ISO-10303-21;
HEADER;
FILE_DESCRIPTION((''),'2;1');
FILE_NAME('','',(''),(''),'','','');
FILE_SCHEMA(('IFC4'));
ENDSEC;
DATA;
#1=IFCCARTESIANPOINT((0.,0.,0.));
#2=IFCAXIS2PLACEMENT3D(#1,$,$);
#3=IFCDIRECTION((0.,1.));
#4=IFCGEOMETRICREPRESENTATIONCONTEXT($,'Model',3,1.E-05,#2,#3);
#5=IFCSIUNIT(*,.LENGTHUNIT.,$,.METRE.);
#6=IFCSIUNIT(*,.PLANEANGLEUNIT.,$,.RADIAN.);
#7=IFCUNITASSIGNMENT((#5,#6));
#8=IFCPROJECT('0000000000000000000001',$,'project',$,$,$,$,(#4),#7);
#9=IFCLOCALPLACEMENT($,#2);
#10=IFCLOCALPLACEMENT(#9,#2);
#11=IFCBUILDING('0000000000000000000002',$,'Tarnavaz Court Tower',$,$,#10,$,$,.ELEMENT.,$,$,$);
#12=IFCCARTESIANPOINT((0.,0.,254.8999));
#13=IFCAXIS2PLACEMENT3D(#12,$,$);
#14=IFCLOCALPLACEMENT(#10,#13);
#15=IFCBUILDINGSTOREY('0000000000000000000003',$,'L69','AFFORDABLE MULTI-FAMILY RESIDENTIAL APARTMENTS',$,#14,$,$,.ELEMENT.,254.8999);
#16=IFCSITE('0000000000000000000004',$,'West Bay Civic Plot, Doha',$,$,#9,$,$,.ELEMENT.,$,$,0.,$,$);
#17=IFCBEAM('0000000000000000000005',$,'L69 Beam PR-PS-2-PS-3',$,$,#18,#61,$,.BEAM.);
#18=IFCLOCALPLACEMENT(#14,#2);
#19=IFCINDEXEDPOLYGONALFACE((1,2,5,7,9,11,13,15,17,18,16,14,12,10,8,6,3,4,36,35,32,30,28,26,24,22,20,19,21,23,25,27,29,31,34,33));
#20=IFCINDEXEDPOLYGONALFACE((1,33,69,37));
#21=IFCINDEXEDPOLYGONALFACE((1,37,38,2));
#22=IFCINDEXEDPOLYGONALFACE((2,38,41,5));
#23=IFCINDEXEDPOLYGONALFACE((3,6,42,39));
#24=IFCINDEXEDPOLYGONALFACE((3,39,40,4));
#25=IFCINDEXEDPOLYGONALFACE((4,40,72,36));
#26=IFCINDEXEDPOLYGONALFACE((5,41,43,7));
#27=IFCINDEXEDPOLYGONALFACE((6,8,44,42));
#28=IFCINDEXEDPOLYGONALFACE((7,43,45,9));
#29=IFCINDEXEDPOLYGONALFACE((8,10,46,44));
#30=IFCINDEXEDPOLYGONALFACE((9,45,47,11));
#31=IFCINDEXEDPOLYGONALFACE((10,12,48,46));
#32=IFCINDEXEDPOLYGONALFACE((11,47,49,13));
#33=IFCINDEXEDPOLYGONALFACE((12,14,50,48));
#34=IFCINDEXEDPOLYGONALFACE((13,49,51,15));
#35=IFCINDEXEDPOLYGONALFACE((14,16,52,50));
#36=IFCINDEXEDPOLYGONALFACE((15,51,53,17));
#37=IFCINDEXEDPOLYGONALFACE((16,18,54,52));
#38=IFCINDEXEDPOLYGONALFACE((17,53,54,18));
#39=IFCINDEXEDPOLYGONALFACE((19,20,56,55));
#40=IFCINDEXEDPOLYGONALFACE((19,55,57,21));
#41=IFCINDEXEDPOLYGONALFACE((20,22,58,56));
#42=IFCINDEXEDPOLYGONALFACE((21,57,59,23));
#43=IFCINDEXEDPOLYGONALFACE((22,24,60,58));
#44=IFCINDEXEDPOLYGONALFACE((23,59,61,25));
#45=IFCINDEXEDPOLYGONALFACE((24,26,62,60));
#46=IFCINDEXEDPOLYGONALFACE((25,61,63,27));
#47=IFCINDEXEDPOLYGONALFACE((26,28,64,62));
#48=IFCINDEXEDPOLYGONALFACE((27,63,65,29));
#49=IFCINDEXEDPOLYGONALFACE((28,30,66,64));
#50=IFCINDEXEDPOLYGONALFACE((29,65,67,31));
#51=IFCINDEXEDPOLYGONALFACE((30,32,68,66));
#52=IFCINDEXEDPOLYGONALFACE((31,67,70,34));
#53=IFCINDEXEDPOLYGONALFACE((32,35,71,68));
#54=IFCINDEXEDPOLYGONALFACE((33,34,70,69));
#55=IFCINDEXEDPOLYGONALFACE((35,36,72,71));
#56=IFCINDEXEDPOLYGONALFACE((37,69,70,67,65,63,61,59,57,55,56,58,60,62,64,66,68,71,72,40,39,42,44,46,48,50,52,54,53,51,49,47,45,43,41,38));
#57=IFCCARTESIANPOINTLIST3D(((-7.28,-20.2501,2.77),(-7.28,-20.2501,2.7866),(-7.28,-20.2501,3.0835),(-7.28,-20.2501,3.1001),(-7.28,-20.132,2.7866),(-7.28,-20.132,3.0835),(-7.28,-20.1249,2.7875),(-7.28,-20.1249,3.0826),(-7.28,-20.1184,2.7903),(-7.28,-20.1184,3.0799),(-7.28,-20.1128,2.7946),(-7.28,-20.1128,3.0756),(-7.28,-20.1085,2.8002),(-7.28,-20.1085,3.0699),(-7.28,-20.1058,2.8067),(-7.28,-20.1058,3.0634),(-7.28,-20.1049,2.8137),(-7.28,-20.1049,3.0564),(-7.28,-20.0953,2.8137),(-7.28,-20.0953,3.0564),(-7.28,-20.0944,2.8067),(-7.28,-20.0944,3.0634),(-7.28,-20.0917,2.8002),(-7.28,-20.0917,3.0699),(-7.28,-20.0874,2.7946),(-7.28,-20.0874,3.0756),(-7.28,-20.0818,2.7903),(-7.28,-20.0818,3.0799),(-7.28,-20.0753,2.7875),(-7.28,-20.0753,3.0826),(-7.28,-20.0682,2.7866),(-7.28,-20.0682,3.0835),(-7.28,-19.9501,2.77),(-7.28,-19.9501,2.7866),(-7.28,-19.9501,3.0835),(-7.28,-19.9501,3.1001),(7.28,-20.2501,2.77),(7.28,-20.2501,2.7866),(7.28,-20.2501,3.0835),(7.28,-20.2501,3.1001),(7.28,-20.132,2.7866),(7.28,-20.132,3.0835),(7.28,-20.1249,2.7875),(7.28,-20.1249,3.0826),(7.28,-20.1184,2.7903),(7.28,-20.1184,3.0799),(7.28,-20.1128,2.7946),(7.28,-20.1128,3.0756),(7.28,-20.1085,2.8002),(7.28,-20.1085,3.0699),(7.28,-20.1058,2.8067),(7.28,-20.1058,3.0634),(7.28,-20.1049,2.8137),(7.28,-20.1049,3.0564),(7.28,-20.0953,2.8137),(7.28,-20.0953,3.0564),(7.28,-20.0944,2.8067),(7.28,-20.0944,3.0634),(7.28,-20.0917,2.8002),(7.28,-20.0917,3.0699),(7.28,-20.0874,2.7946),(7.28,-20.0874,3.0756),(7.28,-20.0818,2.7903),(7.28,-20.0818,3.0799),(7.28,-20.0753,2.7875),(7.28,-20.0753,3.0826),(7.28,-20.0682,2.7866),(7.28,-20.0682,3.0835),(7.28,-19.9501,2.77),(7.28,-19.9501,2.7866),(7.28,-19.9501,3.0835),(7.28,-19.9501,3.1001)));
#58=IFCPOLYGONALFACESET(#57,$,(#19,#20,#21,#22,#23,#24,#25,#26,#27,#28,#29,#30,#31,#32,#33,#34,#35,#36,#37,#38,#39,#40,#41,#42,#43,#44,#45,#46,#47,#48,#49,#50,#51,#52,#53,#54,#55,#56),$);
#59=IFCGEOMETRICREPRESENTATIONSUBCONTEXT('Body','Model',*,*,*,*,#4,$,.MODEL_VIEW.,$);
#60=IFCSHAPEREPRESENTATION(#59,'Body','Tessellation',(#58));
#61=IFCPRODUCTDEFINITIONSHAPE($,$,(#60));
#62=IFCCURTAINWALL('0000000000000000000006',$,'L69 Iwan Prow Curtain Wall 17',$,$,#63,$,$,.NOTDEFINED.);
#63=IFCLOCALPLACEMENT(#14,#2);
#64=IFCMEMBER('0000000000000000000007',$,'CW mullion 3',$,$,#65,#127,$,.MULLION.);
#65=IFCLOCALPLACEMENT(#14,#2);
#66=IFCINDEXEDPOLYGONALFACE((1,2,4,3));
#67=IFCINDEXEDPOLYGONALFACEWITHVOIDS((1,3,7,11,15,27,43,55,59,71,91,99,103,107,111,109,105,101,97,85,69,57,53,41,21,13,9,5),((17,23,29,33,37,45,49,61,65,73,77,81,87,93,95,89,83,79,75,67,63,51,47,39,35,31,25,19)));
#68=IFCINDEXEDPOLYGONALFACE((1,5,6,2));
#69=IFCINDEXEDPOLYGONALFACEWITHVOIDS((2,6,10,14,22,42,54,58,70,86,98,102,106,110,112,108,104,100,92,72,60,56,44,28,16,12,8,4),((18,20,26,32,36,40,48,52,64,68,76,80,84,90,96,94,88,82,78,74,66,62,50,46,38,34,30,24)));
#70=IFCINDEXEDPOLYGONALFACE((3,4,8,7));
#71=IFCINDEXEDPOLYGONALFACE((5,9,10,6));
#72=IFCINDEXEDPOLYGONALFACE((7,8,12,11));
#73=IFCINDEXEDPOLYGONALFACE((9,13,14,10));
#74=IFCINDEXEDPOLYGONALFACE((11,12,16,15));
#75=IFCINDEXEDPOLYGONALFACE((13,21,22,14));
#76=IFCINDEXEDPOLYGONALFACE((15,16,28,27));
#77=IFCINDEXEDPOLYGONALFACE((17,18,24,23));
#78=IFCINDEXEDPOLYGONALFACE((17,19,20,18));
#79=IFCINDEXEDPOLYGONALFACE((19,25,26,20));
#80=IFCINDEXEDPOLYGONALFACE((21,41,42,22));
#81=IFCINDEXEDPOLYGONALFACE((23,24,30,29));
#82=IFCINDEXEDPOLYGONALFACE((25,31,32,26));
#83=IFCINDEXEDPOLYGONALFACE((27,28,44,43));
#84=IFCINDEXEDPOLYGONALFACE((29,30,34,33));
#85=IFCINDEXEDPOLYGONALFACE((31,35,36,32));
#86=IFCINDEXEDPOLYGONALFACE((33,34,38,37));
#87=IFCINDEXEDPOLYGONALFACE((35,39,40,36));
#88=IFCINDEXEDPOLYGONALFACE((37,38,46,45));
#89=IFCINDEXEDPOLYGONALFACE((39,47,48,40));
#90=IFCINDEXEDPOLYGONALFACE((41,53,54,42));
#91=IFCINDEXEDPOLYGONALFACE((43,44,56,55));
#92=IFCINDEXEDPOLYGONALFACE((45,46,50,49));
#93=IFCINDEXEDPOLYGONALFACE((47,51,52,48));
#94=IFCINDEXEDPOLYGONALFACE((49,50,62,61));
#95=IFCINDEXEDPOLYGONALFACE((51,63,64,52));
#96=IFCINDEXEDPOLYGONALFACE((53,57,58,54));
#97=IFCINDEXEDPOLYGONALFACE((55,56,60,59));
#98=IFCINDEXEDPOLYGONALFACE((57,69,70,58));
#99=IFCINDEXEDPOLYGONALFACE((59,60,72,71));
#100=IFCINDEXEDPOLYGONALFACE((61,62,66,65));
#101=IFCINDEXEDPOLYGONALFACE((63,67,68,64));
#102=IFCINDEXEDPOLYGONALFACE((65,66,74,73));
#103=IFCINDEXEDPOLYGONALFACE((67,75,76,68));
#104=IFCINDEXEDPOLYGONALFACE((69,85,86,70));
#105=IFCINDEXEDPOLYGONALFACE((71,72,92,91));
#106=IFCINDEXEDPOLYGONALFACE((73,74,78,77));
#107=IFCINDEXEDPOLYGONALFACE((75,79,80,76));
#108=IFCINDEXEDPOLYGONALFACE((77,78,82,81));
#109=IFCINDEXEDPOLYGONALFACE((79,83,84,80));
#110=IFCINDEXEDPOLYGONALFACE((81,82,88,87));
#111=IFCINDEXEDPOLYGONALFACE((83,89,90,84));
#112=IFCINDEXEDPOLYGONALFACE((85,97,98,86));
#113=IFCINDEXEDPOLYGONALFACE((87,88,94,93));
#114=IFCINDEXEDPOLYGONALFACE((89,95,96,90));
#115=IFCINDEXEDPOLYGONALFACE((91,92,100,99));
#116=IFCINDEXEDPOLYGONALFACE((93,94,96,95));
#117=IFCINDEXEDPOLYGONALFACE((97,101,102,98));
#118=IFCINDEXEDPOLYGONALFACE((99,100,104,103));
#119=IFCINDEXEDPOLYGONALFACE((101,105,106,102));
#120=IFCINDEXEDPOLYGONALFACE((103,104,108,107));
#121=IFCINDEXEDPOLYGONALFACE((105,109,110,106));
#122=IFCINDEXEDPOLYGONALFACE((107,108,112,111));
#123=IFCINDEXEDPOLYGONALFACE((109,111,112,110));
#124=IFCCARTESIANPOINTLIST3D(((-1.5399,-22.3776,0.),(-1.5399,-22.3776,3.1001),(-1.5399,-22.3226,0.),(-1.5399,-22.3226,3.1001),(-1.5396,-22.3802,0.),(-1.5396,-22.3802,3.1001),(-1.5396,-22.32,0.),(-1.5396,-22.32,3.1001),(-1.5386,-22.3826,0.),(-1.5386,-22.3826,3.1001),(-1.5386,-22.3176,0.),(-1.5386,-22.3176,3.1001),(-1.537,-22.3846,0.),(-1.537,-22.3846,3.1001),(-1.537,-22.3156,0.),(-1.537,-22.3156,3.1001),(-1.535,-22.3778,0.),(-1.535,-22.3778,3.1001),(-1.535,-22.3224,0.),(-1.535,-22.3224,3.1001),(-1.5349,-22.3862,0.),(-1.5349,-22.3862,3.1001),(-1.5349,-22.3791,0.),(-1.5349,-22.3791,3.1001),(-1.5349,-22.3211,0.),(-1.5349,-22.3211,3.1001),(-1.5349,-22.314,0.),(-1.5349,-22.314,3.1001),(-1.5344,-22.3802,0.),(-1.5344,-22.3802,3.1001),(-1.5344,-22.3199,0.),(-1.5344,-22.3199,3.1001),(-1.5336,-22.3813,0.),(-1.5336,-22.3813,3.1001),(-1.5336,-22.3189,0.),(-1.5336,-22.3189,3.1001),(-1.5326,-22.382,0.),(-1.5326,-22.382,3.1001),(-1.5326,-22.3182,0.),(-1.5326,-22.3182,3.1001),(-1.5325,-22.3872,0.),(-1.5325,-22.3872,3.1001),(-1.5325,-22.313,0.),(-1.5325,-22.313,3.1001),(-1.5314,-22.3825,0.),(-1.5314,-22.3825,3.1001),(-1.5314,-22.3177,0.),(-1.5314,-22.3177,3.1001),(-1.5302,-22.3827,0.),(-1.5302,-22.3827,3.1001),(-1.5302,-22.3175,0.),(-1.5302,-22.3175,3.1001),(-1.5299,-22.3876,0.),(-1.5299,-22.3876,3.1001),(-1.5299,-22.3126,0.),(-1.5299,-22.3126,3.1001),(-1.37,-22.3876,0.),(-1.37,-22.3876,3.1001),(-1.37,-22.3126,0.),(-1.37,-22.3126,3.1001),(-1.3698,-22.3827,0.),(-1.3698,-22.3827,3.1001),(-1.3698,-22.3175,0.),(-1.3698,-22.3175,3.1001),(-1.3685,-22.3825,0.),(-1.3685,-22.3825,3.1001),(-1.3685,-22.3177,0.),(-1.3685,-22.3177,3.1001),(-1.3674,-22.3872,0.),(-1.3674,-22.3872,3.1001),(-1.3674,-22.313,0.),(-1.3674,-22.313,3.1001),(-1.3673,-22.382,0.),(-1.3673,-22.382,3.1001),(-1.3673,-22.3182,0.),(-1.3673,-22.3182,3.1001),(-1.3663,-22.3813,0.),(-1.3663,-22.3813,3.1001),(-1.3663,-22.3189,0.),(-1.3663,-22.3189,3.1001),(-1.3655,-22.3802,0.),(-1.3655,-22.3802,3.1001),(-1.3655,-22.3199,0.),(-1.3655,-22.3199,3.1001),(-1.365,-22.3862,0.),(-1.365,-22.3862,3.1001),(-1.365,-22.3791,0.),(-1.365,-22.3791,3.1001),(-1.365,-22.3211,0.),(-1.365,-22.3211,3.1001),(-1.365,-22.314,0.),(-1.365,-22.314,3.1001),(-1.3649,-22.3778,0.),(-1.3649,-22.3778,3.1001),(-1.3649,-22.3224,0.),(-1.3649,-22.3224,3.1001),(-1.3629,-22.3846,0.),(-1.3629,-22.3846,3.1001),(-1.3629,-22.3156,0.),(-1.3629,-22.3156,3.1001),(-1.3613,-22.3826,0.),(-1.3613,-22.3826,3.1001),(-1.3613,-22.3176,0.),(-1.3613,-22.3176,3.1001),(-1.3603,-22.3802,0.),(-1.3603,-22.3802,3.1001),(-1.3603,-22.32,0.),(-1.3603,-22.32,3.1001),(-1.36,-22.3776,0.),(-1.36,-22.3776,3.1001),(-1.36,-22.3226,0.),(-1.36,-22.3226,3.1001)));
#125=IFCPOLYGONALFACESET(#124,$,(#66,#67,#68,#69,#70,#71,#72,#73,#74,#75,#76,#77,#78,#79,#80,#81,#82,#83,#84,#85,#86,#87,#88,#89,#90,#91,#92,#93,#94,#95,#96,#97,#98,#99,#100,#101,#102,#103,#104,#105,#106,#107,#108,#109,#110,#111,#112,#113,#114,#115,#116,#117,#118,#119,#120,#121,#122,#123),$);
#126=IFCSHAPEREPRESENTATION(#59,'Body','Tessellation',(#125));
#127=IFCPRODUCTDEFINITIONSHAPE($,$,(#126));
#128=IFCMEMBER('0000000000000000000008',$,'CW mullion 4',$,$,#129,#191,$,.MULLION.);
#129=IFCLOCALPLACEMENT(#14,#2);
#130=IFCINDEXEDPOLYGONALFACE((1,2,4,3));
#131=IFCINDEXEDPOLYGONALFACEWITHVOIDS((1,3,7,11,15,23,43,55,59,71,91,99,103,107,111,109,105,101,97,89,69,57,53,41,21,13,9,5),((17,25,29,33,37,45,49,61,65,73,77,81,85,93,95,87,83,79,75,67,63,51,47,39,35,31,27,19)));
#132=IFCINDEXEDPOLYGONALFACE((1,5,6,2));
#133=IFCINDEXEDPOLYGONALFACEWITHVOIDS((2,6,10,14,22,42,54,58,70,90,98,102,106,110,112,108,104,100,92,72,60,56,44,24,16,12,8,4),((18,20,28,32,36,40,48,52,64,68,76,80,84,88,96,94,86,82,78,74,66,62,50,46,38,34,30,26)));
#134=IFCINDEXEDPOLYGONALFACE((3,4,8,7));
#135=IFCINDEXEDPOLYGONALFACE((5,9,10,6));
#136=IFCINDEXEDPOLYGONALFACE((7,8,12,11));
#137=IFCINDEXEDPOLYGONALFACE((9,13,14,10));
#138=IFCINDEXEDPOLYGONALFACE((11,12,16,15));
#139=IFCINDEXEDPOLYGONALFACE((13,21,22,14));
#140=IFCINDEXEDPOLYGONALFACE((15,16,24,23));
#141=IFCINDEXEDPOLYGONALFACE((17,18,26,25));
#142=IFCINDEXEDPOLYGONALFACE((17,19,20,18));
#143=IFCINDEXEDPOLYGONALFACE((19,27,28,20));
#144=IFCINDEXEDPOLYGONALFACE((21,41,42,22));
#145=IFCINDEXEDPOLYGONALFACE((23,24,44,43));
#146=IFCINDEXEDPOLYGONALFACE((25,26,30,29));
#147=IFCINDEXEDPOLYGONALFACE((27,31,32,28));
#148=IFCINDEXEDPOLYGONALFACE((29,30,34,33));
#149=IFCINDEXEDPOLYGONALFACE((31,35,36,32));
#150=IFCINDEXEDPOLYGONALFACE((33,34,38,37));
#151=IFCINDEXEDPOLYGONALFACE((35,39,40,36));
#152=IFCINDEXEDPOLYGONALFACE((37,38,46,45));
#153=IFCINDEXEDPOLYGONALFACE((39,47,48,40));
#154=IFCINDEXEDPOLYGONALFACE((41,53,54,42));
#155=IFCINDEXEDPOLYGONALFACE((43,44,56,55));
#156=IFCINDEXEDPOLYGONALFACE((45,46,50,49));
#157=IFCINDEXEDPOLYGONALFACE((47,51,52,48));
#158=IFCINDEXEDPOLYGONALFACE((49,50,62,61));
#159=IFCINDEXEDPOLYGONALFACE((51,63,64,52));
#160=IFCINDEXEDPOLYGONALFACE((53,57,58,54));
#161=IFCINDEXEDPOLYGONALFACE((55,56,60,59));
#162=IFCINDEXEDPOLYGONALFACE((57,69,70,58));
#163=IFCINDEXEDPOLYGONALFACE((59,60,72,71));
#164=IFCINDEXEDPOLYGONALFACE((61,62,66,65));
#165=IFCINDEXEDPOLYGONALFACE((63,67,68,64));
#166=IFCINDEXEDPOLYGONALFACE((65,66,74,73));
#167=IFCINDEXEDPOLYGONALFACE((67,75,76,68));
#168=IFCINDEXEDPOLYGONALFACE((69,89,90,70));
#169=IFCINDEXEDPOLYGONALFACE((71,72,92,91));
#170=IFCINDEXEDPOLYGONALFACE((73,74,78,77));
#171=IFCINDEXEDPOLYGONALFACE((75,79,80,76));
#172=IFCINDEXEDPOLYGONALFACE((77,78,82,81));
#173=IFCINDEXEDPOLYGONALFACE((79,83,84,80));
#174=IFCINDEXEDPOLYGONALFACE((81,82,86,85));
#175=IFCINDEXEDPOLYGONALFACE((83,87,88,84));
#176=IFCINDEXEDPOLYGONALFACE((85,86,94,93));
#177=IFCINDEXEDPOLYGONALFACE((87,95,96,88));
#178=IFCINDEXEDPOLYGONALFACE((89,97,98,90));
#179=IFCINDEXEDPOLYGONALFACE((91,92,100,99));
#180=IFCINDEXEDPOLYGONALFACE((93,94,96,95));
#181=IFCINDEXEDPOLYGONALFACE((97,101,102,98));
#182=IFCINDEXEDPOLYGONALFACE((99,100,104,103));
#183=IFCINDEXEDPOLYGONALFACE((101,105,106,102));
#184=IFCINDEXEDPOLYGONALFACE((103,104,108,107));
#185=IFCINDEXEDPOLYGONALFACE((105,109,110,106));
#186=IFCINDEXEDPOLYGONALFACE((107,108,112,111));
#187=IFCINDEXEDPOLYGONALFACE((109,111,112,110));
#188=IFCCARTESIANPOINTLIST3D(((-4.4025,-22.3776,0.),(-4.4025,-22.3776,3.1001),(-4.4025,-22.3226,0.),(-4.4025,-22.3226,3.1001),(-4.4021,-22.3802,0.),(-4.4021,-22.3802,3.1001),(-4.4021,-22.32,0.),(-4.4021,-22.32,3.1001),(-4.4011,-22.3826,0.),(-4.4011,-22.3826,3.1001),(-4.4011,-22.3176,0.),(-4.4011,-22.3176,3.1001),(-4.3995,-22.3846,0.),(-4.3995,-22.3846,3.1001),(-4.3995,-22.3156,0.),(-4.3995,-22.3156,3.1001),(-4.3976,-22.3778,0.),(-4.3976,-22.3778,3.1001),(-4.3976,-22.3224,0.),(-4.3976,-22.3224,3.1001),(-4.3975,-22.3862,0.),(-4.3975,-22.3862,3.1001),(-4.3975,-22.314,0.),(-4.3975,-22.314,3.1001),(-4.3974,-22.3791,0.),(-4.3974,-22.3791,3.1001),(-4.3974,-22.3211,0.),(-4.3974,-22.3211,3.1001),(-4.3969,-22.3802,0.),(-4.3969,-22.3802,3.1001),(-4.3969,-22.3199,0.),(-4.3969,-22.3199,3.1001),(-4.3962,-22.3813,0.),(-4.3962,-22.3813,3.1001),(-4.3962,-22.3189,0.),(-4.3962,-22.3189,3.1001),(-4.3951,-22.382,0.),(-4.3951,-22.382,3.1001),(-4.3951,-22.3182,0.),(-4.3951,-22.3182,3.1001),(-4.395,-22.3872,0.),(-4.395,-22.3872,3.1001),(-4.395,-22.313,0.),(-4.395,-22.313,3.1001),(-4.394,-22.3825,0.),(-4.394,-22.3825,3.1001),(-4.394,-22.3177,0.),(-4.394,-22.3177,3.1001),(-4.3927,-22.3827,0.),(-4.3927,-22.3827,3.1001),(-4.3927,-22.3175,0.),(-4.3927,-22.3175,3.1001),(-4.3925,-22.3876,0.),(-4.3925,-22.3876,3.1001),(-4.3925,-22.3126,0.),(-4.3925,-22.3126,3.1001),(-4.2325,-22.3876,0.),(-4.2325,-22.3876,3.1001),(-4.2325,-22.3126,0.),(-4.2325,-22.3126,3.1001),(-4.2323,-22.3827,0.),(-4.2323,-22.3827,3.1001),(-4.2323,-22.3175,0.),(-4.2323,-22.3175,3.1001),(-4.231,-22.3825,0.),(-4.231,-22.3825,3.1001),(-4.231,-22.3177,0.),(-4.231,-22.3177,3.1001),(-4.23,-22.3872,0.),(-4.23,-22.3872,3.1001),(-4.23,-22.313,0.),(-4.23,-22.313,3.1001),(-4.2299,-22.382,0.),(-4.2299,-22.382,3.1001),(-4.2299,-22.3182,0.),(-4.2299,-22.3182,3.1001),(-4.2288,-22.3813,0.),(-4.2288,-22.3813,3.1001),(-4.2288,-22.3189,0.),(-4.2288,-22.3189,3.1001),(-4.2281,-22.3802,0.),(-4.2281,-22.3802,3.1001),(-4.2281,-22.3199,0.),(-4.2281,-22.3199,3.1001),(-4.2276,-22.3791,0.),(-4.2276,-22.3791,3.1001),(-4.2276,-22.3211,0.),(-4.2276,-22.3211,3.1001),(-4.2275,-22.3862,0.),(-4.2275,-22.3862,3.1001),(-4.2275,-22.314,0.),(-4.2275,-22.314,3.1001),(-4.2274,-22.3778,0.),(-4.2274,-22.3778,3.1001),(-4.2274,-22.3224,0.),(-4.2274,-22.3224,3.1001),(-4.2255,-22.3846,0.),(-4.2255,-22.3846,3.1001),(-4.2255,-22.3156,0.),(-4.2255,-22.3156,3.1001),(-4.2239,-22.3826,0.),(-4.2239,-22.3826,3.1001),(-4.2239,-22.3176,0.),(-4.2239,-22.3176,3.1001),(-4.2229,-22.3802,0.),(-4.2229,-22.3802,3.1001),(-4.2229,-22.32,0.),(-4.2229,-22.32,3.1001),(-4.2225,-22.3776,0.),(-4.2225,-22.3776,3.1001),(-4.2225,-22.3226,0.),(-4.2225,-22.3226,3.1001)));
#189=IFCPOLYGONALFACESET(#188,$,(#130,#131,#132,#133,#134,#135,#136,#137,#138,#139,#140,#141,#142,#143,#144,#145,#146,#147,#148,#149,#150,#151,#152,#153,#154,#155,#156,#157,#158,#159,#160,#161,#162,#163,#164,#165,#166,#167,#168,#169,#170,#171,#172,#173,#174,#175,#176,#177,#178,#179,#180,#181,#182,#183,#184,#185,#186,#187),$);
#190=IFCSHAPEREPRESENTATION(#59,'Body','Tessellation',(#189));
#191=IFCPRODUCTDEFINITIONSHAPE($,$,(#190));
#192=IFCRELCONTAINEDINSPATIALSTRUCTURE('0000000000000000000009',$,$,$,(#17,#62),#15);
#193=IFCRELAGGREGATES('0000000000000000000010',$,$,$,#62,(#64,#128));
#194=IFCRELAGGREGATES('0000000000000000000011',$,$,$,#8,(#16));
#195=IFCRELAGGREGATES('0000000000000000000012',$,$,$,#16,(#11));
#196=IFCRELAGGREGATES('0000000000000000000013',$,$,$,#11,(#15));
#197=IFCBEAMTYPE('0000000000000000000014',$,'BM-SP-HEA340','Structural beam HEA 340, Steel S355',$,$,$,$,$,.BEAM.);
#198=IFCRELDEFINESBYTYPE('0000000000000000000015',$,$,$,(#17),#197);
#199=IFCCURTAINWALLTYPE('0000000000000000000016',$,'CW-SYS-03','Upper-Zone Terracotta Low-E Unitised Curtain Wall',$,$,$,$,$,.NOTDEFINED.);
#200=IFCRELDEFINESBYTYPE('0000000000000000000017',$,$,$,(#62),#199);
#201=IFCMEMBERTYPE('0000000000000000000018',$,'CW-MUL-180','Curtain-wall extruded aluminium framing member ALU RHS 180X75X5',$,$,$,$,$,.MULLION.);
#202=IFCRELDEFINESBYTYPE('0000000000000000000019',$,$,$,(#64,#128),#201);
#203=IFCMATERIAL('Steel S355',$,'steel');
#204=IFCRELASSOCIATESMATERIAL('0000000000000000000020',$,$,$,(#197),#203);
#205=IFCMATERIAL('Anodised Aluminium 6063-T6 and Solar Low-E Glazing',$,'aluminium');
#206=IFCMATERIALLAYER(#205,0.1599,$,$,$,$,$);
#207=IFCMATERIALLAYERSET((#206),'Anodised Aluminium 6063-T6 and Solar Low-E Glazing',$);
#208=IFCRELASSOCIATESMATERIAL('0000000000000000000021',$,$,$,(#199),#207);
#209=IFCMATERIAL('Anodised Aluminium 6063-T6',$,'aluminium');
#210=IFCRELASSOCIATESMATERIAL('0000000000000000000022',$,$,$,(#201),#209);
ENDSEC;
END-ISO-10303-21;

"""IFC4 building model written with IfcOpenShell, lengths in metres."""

from ifc_helpers import new_model, si_unit, direction, frame, origin, origin_2d, place, context, subcontext, project, spatial, hollow_rectangle, i_section, extrude, material, layer, layer_set, material_profile, profile_set, type_object, element, aggregate, save


model = new_model("IFC4")

# Units and contexts
model_context = context("Model", 3, precision=1e-05, world=origin(), true_north=direction((0.0, 1.0)))
body_context = subcontext(model_context, "Body", "Model", "MODEL_VIEW")
ifc_project = project(units=[si_unit("LENGTHUNIT", "METRE"), si_unit("PLANEANGLEUNIT", "RADIAN")], contexts=[model_context])

# Site, building, storey
site_placement = place(None, origin())
site = spatial("IfcSite", under=ifc_project, at=site_placement, Name="West Bay Civic Plot, Doha", CompositionType="ELEMENT", RefElevation=0.0)
building_placement = place(site_placement, origin())
building = spatial("IfcBuilding", under=site, at=building_placement, Name="Tarnavaz Court Tower", CompositionType="ELEMENT")
storey_placement = place(building_placement, frame((0.0, 0.0, 254.8999)))
storey = spatial("IfcBuildingStorey", under=building, at=storey_placement, Name="L69", Description="AFFORDABLE MULTI-FAMILY RESIDENTIAL APARTMENTS", CompositionType="ELEMENT", Elevation=254.8999)

# Beam
ifc_material_1 = material(Name="Steel S355", Category="steel")
ifc_material_profile_1 = material_profile(ifc_material_1, i_section(OverallWidth=0.3, OverallDepth=0.3301, WebThickness=0.0095, FlangeThickness=0.0166, FilletRadius=0.0271, at=origin_2d()), Name="HEA 340")
ifc_profile_set_1 = profile_set([ifc_material_profile_1], Name="Steel S355")
beam_type_1 = type_object("IfcBeamType", Name="BM-SP-HEA340", Description="Structural beam HEA 340, Steel S355", PredefinedType="BEAM", material=ifc_profile_set_1)
beam_placement = place(storey_placement, frame((-7.28, -20.1001, 2.9351), z_axis=(1.0, 0.0, 0.0), x_axis=(0.0, 1.0, 0.0)))
element("IfcBeam", 1, at=beam_placement, inside=storey, type_object=beam_type_1, Name="L69 Beam PR-PS-2-PS-3", PredefinedType="BEAM", context=body_context, shape_type="SweptSolid", body=[
    extrude(i_section(OverallWidth=0.3, OverallDepth=0.3301, WebThickness=0.0095, FlangeThickness=0.0166, FilletRadius=0.0271, at=origin_2d()), origin(), (0.0, 0.0, 1.0), 14.5601),
])

# Curtain wall, members
ifc_material_2 = material(Name="Anodised Aluminium 6063-T6 and Solar Low-E Glazing", Category="aluminium")
ifc_layer_1 = layer(ifc_material_2, 0.1599)
ifc_layer_set_1 = layer_set([ifc_layer_1], Name="Anodised Aluminium 6063-T6 and Solar Low-E Glazing")
curtain_wall_type = type_object("IfcCurtainWallType", Name="CW-SYS-03", Description="Upper-Zone Terracotta Low-E Unitised Curtain Wall", PredefinedType="NOTDEFINED", material=ifc_layer_set_1)
curtain_wall_placement = place(storey_placement, origin())
curtain_wall = element("IfcCurtainWall", 2, at=curtain_wall_placement, inside=storey, type_object=curtain_wall_type, Name="L69 Iwan Prow Curtain Wall 17", PredefinedType="NOTDEFINED")
ifc_material_3 = material(Name="Anodised Aluminium 6063-T6", Category="aluminium")
ifc_material_profile_2 = material_profile(ifc_material_3, hollow_rectangle(XDim=0.075, YDim=0.1799, WallThickness=0.0049, InnerFilletRadius=0.0049, OuterFilletRadius=0.01, at=origin_2d()), Name="ALU RHS 180X75X5")
ifc_profile_set_2 = profile_set([ifc_material_profile_2], Name="Anodised Aluminium 6063-T6")
member_type_1 = type_object("IfcMemberType", Name="CW-MUL-180", Description="Curtain-wall extruded aluminium framing member ALU RHS 180X75X5", PredefinedType="MULLION", material=ifc_profile_set_2)
member_1_placement = place(storey_placement, frame((-1.45, -22.3501, 0.0), z_axis=(0.0, 0.0, 1.0), x_axis=(0.0, -1.0, 0.0)))
member_1 = element("IfcMember", 3, at=member_1_placement, type_object=member_type_1, Name="CW mullion 3", PredefinedType="MULLION", context=body_context, shape_type="SweptSolid", body=[
    extrude(hollow_rectangle(XDim=0.075, YDim=0.1799, WallThickness=0.0049, InnerFilletRadius=0.0049, OuterFilletRadius=0.01, at=origin_2d()), origin(), (0.0, 0.0, 1.0), 3.1001),
])
member_2_placement = place(storey_placement, frame((-4.3125, -22.3501, 0.0), z_axis=(0.0, 0.0, 1.0), x_axis=(0.0, -1.0, 0.0)))
member_2 = element("IfcMember", 4, at=member_2_placement, type_object=member_type_1, Name="CW mullion 4", PredefinedType="MULLION", context=body_context, shape_type="SweptSolid", body=[
    extrude(hollow_rectangle(XDim=0.075, YDim=0.1799, WallThickness=0.0049, InnerFilletRadius=0.0049, OuterFilletRadius=0.01, at=origin_2d()), origin(), (0.0, 0.0, 1.0), 3.1001),
])
aggregate(curtain_wall, [member_1, member_2])

save(model, "model.ifc")
